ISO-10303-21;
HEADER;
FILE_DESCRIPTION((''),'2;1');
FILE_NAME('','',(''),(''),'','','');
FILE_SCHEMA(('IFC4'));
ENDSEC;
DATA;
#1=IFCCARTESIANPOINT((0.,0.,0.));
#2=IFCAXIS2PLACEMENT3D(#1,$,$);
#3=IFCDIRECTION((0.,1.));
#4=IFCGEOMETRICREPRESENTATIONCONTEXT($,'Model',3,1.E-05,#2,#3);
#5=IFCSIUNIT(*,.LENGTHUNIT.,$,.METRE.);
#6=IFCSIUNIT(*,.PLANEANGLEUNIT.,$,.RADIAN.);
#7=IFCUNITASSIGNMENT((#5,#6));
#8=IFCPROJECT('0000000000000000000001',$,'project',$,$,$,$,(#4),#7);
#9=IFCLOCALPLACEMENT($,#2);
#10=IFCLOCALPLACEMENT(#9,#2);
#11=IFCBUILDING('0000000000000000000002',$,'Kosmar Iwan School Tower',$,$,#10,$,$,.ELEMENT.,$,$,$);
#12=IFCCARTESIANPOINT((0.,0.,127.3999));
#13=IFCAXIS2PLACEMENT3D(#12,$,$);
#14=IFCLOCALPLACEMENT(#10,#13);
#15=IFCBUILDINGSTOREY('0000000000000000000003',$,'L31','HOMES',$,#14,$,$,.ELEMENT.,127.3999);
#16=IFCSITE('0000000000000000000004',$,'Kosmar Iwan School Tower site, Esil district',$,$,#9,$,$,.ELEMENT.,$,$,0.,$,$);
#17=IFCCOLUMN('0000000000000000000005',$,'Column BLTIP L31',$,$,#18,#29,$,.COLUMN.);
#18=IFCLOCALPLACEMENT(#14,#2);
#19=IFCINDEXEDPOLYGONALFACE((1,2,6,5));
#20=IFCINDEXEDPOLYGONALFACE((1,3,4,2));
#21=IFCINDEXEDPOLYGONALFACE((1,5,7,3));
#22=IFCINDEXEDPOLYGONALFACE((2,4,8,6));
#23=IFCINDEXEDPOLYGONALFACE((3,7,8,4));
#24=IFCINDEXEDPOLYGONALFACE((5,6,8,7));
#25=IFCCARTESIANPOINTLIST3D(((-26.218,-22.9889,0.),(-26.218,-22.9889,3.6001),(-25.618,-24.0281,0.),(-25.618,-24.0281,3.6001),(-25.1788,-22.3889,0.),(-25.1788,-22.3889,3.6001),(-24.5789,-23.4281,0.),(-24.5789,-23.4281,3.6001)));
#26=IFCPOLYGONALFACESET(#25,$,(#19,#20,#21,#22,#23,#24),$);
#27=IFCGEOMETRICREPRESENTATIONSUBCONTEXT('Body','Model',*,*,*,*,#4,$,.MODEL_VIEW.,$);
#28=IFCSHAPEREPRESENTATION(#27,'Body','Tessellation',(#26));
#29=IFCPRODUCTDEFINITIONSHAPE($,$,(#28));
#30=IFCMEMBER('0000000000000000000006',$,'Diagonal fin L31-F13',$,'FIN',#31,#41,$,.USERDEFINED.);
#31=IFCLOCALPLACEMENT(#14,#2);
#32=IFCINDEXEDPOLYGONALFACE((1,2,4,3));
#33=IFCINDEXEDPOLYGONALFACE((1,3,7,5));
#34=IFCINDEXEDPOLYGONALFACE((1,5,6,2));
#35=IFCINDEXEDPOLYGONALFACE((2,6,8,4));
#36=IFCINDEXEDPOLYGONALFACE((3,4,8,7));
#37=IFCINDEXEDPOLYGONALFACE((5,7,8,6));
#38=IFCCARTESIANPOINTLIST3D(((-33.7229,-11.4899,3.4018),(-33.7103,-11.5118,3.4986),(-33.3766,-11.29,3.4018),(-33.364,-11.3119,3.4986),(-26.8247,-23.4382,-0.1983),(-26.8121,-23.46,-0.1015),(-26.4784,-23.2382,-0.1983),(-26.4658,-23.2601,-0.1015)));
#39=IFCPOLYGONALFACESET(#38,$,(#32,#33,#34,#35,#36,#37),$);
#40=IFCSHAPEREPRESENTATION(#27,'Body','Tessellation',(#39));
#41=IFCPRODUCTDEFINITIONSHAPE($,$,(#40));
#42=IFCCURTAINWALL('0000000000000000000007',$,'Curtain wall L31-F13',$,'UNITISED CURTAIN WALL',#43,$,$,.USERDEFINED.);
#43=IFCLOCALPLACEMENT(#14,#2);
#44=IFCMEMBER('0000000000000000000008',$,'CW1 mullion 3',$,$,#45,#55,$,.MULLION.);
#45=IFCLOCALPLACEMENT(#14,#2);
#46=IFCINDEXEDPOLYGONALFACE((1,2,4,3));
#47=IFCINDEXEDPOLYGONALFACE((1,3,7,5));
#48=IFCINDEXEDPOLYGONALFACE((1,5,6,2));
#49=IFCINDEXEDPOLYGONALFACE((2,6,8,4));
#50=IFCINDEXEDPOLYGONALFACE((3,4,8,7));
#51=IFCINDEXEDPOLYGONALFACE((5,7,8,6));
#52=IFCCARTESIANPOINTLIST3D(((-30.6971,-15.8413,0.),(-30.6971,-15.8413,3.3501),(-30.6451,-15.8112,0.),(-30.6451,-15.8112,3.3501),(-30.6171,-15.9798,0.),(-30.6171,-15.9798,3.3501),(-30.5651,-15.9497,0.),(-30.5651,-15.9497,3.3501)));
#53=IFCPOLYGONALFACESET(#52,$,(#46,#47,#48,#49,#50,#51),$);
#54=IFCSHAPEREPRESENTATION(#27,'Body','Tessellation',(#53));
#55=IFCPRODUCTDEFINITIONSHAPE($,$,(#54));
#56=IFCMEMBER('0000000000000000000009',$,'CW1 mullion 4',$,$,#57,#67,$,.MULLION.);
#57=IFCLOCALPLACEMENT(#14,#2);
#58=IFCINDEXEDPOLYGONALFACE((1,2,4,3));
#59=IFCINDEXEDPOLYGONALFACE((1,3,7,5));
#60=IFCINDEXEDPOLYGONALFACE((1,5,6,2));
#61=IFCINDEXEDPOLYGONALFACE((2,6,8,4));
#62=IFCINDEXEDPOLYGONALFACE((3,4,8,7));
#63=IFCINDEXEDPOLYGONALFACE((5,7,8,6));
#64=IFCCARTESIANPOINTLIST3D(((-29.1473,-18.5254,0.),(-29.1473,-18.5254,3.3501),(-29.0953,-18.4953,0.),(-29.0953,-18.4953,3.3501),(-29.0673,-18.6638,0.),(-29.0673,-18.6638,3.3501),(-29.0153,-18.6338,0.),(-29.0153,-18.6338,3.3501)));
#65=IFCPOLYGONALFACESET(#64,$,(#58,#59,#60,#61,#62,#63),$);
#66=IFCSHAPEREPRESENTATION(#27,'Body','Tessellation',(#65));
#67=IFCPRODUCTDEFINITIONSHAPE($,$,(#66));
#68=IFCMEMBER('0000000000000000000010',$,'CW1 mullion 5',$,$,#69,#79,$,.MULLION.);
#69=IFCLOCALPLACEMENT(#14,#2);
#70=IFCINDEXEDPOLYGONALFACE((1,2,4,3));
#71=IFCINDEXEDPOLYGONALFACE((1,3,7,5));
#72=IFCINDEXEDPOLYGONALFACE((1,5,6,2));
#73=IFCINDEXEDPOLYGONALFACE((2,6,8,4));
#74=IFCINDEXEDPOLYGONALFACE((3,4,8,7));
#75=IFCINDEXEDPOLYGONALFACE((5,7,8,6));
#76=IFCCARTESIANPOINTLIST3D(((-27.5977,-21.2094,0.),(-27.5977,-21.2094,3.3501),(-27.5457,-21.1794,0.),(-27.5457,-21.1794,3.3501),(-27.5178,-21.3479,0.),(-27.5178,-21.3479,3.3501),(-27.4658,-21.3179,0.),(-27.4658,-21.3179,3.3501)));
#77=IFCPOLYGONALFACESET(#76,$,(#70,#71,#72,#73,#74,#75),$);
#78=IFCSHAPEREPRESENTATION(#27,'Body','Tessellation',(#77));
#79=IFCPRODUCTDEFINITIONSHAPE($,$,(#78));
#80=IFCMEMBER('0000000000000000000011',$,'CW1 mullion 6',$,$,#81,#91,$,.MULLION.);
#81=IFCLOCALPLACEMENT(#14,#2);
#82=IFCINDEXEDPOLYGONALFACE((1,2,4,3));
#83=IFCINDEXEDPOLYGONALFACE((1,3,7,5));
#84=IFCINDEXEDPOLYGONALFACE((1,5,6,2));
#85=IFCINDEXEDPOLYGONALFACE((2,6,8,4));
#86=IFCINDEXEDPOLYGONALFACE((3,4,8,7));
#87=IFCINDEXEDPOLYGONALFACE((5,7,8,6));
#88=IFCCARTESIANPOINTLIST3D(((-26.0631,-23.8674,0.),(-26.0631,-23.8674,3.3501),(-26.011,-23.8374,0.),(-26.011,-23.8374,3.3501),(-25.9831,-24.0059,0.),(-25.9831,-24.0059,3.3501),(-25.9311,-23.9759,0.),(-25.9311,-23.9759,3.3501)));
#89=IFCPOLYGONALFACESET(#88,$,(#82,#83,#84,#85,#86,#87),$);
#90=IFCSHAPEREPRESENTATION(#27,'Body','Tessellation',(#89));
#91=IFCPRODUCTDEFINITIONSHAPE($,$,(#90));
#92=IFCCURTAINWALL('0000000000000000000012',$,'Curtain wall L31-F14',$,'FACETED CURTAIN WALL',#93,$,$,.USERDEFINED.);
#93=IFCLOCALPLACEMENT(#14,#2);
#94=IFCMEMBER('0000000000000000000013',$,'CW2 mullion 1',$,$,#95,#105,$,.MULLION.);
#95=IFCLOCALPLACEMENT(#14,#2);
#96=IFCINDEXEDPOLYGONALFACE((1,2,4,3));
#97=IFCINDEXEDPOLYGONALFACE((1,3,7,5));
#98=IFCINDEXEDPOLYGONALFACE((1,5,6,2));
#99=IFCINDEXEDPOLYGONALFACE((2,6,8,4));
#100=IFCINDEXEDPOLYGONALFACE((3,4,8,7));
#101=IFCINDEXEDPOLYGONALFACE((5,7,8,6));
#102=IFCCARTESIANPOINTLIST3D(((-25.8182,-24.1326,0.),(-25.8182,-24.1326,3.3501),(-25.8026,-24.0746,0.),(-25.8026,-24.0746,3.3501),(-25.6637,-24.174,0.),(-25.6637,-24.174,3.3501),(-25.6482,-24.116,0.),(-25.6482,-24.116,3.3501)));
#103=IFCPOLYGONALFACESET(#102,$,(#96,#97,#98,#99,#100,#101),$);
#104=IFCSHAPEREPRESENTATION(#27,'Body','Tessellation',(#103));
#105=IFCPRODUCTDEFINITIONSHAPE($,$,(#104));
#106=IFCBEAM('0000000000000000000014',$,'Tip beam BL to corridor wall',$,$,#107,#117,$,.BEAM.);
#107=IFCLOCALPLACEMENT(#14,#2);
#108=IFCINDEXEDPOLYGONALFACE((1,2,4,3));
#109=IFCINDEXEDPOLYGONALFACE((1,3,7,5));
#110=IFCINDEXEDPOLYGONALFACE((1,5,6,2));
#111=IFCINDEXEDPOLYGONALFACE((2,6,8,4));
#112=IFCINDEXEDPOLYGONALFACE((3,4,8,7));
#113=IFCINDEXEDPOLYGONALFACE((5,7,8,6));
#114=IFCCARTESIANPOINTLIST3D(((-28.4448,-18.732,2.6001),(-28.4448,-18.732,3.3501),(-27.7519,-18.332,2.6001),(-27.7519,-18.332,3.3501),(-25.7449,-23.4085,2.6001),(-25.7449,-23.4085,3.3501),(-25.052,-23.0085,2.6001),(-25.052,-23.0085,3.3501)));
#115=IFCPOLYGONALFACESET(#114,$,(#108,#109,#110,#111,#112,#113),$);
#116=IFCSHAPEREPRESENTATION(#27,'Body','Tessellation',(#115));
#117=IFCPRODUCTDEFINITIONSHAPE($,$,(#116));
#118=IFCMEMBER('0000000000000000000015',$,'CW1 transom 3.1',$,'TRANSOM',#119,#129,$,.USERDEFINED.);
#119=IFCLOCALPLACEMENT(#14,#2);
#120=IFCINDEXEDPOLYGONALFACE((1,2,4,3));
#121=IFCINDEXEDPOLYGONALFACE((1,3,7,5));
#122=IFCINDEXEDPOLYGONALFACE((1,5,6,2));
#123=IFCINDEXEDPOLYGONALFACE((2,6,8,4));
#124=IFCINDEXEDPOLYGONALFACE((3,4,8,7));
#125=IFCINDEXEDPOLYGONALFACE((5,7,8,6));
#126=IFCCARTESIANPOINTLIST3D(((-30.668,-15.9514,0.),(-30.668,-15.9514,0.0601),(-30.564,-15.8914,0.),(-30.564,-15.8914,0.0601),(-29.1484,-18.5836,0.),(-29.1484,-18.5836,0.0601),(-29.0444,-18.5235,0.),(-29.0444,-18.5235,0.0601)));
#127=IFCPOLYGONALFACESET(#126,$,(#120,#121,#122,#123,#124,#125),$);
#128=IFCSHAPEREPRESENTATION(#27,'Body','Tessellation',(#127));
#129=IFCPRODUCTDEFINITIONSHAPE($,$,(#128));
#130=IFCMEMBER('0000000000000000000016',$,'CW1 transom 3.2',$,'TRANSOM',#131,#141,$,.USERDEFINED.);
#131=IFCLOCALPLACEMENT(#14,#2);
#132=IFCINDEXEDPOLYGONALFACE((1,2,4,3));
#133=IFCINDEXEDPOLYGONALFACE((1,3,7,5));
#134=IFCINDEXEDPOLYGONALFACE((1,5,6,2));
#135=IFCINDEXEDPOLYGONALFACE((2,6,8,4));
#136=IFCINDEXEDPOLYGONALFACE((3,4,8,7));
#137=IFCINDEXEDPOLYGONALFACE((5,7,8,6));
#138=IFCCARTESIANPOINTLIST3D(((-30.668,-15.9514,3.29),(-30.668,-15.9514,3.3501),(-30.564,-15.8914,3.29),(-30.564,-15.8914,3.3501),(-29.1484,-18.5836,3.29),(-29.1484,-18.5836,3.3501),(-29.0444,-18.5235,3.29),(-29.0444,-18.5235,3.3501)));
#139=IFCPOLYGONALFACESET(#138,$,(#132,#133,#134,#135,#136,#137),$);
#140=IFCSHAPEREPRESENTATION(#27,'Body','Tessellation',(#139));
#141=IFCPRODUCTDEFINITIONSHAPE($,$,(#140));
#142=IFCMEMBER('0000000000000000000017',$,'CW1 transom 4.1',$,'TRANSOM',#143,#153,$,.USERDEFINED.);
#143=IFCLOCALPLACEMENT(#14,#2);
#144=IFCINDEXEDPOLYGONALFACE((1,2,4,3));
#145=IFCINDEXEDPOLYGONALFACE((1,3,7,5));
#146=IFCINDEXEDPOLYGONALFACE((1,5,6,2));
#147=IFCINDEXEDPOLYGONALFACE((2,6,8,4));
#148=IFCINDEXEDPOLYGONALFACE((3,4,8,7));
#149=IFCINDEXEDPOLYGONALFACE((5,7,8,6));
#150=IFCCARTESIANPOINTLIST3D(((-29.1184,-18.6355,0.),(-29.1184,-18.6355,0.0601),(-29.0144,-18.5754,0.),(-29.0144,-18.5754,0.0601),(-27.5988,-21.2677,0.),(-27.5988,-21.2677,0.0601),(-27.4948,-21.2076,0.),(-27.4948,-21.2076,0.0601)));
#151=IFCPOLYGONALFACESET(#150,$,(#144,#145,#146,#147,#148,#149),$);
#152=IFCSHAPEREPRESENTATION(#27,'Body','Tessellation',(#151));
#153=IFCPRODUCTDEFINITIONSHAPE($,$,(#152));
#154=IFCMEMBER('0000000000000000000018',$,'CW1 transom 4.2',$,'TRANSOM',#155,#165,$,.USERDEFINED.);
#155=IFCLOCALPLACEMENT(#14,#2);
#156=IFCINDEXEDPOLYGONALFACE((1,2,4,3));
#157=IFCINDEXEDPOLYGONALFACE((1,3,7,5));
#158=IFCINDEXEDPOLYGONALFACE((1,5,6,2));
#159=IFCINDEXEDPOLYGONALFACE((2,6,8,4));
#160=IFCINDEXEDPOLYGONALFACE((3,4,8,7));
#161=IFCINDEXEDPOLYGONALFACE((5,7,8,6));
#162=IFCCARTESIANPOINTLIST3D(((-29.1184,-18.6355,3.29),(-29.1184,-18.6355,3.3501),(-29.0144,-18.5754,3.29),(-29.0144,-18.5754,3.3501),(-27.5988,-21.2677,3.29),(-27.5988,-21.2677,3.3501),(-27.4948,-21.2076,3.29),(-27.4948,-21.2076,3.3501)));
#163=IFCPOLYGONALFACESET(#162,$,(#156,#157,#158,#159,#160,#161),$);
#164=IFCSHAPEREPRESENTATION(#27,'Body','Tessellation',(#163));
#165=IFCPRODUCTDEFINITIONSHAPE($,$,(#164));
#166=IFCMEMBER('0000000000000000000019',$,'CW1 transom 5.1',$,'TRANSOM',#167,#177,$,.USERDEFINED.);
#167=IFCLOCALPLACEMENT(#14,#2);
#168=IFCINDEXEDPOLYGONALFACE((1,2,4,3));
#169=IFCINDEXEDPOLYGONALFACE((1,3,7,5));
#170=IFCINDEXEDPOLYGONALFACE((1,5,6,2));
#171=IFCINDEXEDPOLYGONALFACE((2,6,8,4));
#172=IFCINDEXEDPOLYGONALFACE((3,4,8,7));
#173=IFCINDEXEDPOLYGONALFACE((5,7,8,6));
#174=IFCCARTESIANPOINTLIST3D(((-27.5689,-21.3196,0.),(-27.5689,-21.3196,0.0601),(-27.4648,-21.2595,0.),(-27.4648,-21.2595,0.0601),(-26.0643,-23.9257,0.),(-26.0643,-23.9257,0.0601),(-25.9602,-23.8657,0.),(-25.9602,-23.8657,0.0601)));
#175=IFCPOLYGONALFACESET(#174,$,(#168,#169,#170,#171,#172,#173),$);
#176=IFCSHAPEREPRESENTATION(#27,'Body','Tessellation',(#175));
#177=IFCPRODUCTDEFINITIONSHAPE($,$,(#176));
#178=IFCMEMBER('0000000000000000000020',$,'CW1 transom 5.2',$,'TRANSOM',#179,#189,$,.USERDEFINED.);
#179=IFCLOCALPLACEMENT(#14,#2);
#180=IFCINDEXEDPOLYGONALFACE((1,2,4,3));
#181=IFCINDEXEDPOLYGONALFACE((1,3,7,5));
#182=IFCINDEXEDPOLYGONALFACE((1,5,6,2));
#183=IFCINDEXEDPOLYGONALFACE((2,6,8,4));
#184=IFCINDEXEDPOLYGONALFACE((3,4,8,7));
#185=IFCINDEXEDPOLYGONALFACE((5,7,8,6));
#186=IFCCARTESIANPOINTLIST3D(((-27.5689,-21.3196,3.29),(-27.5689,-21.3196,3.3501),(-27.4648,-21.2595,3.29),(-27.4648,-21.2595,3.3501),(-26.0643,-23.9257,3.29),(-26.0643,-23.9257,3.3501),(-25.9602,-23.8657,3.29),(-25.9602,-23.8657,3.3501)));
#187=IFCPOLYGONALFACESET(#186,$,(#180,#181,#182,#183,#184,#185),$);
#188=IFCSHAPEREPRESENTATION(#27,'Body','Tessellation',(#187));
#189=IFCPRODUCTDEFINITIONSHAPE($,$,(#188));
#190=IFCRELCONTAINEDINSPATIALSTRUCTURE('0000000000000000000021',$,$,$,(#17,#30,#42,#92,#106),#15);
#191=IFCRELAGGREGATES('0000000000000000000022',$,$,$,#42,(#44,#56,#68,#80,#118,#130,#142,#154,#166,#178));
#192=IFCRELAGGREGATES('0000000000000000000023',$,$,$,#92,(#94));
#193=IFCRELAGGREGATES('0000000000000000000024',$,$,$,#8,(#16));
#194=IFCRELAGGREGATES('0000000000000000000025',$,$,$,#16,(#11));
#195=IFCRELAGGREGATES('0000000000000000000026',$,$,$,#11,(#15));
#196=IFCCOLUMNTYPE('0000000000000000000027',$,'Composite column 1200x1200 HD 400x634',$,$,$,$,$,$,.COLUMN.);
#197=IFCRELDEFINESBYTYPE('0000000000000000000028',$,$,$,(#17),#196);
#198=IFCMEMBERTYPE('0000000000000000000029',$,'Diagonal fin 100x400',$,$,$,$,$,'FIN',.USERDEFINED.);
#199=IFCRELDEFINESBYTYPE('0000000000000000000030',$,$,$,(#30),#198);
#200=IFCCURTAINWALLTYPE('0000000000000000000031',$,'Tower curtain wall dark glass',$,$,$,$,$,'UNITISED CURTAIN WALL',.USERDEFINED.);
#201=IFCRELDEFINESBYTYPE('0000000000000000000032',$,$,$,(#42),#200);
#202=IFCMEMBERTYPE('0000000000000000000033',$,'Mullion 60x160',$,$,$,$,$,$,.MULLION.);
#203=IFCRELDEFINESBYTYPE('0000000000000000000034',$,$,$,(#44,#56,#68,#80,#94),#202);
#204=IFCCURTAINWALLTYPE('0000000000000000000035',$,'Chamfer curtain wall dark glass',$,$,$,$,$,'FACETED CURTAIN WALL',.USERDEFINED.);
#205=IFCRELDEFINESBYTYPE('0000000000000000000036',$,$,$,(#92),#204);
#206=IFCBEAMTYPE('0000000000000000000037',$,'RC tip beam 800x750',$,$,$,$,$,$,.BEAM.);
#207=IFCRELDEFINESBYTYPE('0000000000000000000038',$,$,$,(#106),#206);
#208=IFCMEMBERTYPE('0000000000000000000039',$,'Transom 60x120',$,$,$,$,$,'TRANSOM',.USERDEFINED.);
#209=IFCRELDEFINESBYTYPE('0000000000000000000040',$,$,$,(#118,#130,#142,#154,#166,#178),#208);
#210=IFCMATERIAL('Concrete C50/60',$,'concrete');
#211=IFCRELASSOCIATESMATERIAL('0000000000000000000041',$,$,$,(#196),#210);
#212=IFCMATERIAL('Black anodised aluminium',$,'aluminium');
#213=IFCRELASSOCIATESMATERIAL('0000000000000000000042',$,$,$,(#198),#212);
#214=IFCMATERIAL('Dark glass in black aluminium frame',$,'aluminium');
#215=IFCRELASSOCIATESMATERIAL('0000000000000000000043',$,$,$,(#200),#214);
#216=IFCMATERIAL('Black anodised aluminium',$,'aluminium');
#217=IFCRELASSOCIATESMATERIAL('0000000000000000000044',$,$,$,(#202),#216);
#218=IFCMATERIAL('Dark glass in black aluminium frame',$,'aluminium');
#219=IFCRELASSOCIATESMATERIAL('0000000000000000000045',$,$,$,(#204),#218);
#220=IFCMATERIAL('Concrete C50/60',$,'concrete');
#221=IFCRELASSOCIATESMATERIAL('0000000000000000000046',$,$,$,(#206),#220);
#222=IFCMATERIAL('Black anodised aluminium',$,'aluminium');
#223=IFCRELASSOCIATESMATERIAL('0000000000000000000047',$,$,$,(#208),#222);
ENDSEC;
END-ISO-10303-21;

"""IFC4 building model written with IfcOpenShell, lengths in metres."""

from ifc_helpers import new_model, si_unit, direction, frame, origin, origin_2d, place, context, subcontext, project, spatial, rectangle, extrude, material, material_profile, profile_set, type_object, element, aggregate, save


model = new_model("IFC4")

# Units and contexts
model_context = context("Model", 3, precision=1e-05, world=origin(), true_north=direction((0.0, 1.0)))
body_context = subcontext(model_context, "Body", "Model", "MODEL_VIEW")
ifc_project = project(units=[si_unit("LENGTHUNIT", "METRE"), si_unit("PLANEANGLEUNIT", "RADIAN")], contexts=[model_context])

# Site, building, storey
site_placement = place(None, origin())
site = spatial("IfcSite", under=ifc_project, at=site_placement, Name="Kosmar Iwan School Tower site, Esil district", CompositionType="ELEMENT", RefElevation=0.0)
building_placement = place(site_placement, origin())
building = spatial("IfcBuilding", under=site, at=building_placement, Name="Kosmar Iwan School Tower", CompositionType="ELEMENT")
storey_placement = place(building_placement, frame((0.0, 0.0, 127.3999)))
storey = spatial("IfcBuildingStorey", under=building, at=storey_placement, Name="L31", Description="HOMES", CompositionType="ELEMENT", Elevation=127.3999)

# Column
ifc_material_1 = material(Name="Concrete C50/60", Category="concrete")
ifc_material_profile_1 = material_profile(ifc_material_1, rectangle(XDim=1.2, YDim=1.2, at=origin_2d()), Name="RC 1200x1200 + HD 400x634")
ifc_profile_set_1 = profile_set([ifc_material_profile_1], Name="Concrete C50/60")
column_type = type_object("IfcColumnType", Name="Composite column 1200x1200 HD 400x634", PredefinedType="COLUMN", material=ifc_profile_set_1)
column_placement = place(storey_placement, frame((-25.3984, -23.2085, 0.0), z_axis=(0.0, 0.0, 1.0), x_axis=(-0.866025, -0.5, 0.0)))
element("IfcColumn", 1, at=column_placement, inside=storey, type_object=column_type, Name="Column BLTIP L31", PredefinedType="COLUMN", context=body_context, shape_type="SweptSolid", body=[
    extrude(rectangle(XDim=1.2, YDim=1.2, at=origin_2d()), origin(), (0.0, 0.0, 1.0), 3.6001),
])

# Member
ifc_material_2 = material(Name="Black anodised aluminium", Category="aluminium")
ifc_material_profile_2 = material_profile(ifc_material_2, rectangle(XDim=0.1001, YDim=0.3999, at=origin_2d()), Name="FIN 100x400")
ifc_profile_set_2 = profile_set([ifc_material_profile_2], Name="Black anodised aluminium")
member_type_1 = type_object("IfcMemberType", Name="Diagonal fin 100x400", ElementType="FIN", PredefinedType="USERDEFINED", material=ifc_profile_set_2)
member_1_placement = place(storey_placement, frame((-26.6453, -23.3491, -0.1499), z_axis=(-0.483793, 0.83797, 0.252487), x_axis=(0.126242, -0.218661, 0.9676)))
element("IfcMember", 2, at=member_1_placement, inside=storey, type_object=member_type_1, Name="Diagonal fin L31-F13", ObjectType="FIN", PredefinedType="USERDEFINED", context=body_context, shape_type="SweptSolid", body=[
    extrude(rectangle(XDim=0.1001, YDim=0.3999, at=origin_2d()), origin(), (0.0, 0.0, 1.0), 14.2585),
])

# Curtain wall, members
ifc_material_3 = material(Name="Dark glass in black aluminium frame", Category="aluminium")
curtain_wall_type_1 = type_object("IfcCurtainWallType", Name="Tower curtain wall dark glass", ElementType="UNITISED CURTAIN WALL", PredefinedType="USERDEFINED", material=ifc_material_3)
curtain_wall_1_placement = place(storey_placement, origin())
curtain_wall_1 = element("IfcCurtainWall", 3, at=curtain_wall_1_placement, inside=storey, type_object=curtain_wall_type_1, Name="Curtain wall L31-F13", ObjectType="UNITISED CURTAIN WALL", PredefinedType="USERDEFINED")
ifc_material_4 = material(Name="Black anodised aluminium", Category="aluminium")
ifc_material_profile_3 = material_profile(ifc_material_4, rectangle(XDim=0.0601, YDim=0.1599, at=origin_2d()), Name="MULLION 60x160")
ifc_profile_set_3 = profile_set([ifc_material_profile_3], Name="Black anodised aluminium")
member_type_2 = type_object("IfcMemberType", Name="Mullion 60x160", PredefinedType="MULLION", material=ifc_profile_set_3)
member_2_placement = place(storey_placement, frame((-30.6311, -15.8955, 0.0), z_axis=(0.0, 0.0, 1.0), x_axis=(0.866025, 0.5, 0.0)))
member_2 = element("IfcMember", 4, at=member_2_placement, type_object=member_type_2, Name="CW1 mullion 3", PredefinedType="MULLION", context=body_context, shape_type="SweptSolid", body=[
    extrude(rectangle(XDim=0.0601, YDim=0.1599, at=origin_2d()), origin(), (0.0, 0.0, 1.0), 3.3501),
])
member_3_placement = place(storey_placement, frame((-29.0813, -18.5796, 0.0), z_axis=(0.0, 0.0, 1.0), x_axis=(0.866025, 0.5, 0.0)))
member_3 = element("IfcMember", 5, at=member_3_placement, type_object=member_type_2, Name="CW1 mullion 4", PredefinedType="MULLION", context=body_context, shape_type="SweptSolid", body=[
    extrude(rectangle(XDim=0.0601, YDim=0.1599, at=origin_2d()), origin(), (0.0, 0.0, 1.0), 3.3501),
])
member_4_placement = place(storey_placement, frame((-27.5317, -21.2637, 0.0), z_axis=(0.0, 0.0, 1.0), x_axis=(0.866025, 0.5, 0.0)))
member_4 = element("IfcMember", 6, at=member_4_placement, type_object=member_type_2, Name="CW1 mullion 5", PredefinedType="MULLION", context=body_context, shape_type="SweptSolid", body=[
    extrude(rectangle(XDim=0.0601, YDim=0.1599, at=origin_2d()), origin(), (0.0, 0.0, 1.0), 3.3501),
])
member_5_placement = place(storey_placement, frame((-25.9971, -23.9216, 0.0), z_axis=(0.0, 0.0, 1.0), x_axis=(0.866025, 0.5, 0.0)))
member_5 = element("IfcMember", 7, at=member_5_placement, type_object=member_type_2, Name="CW1 mullion 6", PredefinedType="MULLION", context=body_context, shape_type="SweptSolid", body=[
    extrude(rectangle(XDim=0.0601, YDim=0.1599, at=origin_2d()), origin(), (0.0, 0.0, 1.0), 3.3501),
])

# Curtain wall, member
ifc_material_5 = material(Name="Dark glass in black aluminium frame", Category="aluminium")
curtain_wall_type_2 = type_object("IfcCurtainWallType", Name="Chamfer curtain wall dark glass", ElementType="FACETED CURTAIN WALL", PredefinedType="USERDEFINED", material=ifc_material_5)
curtain_wall_2_placement = place(storey_placement, origin())
curtain_wall_2 = element("IfcCurtainWall", 8, at=curtain_wall_2_placement, inside=storey, type_object=curtain_wall_type_2, Name="Curtain wall L31-F14", ObjectType="FACETED CURTAIN WALL", PredefinedType="USERDEFINED")
member_6_placement = place(storey_placement, frame((-25.7332, -24.1243, 0.0), z_axis=(0.0, 0.0, 1.0), x_axis=(0.258819, 0.965926, 0.0)))
member_6 = element("IfcMember", 9, at=member_6_placement, type_object=member_type_2, Name="CW2 mullion 1", PredefinedType="MULLION", context=body_context, shape_type="SweptSolid", body=[
    extrude(rectangle(XDim=0.0601, YDim=0.1599, at=origin_2d()), origin(), (0.0, 0.0, 1.0), 3.3501),
])

# Beam
ifc_material_6 = material(Name="Concrete C50/60", Category="concrete")
ifc_material_profile_4 = material_profile(ifc_material_6, rectangle(XDim=0.8, YDim=0.75, at=origin_2d()), Name="RC 800x750")
ifc_profile_set_4 = profile_set([ifc_material_profile_4], Name="Concrete C50/60")
beam_type = type_object("IfcBeamType", Name="RC tip beam 800x750", PredefinedType="BEAM", material=ifc_profile_set_4)
beam_placement = place(storey_placement, frame((-25.3984, -23.2085, 2.9751), z_axis=(-0.499995, 0.866028, 0.0), x_axis=(-0.866028, -0.499995, 0.0)))
element("IfcBeam", 10, at=beam_placement, inside=storey, type_object=beam_type, Name="Tip beam BL to corridor wall", PredefinedType="BEAM", context=body_context, shape_type="SweptSolid", body=[
    extrude(rectangle(XDim=0.8, YDim=0.75, at=origin_2d()), origin(), (0.0, 0.0, 1.0), 5.3999),
])

# Members
ifc_material_7 = material(Name="Black anodised aluminium", Category="aluminium")
ifc_material_profile_5 = material_profile(ifc_material_7, rectangle(XDim=0.1201, YDim=0.0601, at=origin_2d()), Name="TRANSOM 60x120")
ifc_profile_set_5 = profile_set([ifc_material_profile_5], Name="Black anodised aluminium")
member_type_3 = type_object("IfcMemberType", Name="Transom 60x120", ElementType="TRANSOM", PredefinedType="USERDEFINED", material=ifc_profile_set_5)
member_7_placement = place(storey_placement, frame((-30.616, -15.9214, 0.03), z_axis=(0.499975, -0.86604, 0.0), x_axis=(0.86604, 0.499975, 0.0)))
member_7 = element("IfcMember", 11, at=member_7_placement, type_object=member_type_3, Name="CW1 transom 3.1", ObjectType="TRANSOM", PredefinedType="USERDEFINED", context=body_context, shape_type="SweptSolid", body=[
    extrude(rectangle(XDim=0.1201, YDim=0.0601, at=origin_2d()), origin(), (0.0, 0.0, 1.0), 3.0393),
])
member_8_placement = place(storey_placement, frame((-30.616, -15.9214, 3.3201), z_axis=(0.499975, -0.86604, 0.0), x_axis=(0.86604, 0.499975, 0.0)))
member_8 = element("IfcMember", 12, at=member_8_placement, type_object=member_type_3, Name="CW1 transom 3.2", ObjectType="TRANSOM", PredefinedType="USERDEFINED", context=body_context, shape_type="SweptSolid", body=[
    extrude(rectangle(XDim=0.1201, YDim=0.0601, at=origin_2d()), origin(), (0.0, 0.0, 1.0), 3.0393),
])
member_9_placement = place(storey_placement, frame((-29.0664, -18.6055, 0.03), z_axis=(0.499975, -0.86604, 0.0), x_axis=(0.86604, 0.499975, 0.0)))
member_9 = element("IfcMember", 13, at=member_9_placement, type_object=member_type_3, Name="CW1 transom 4.1", ObjectType="TRANSOM", PredefinedType="USERDEFINED", context=body_context, shape_type="SweptSolid", body=[
    extrude(rectangle(XDim=0.1201, YDim=0.0601, at=origin_2d()), origin(), (0.0, 0.0, 1.0), 3.0393),
])
member_10_placement = place(storey_placement, frame((-29.0664, -18.6055, 3.3201), z_axis=(0.499975, -0.86604, 0.0), x_axis=(0.86604, 0.499975, 0.0)))
member_10 = element("IfcMember", 14, at=member_10_placement, type_object=member_type_3, Name="CW1 transom 4.2", ObjectType="TRANSOM", PredefinedType="USERDEFINED", context=body_context, shape_type="SweptSolid", body=[
    extrude(rectangle(XDim=0.1201, YDim=0.0601, at=origin_2d()), origin(), (0.0, 0.0, 1.0), 3.0393),
])
member_11_placement = place(storey_placement, frame((-27.5168, -21.2896, 0.03), z_axis=(0.499987, -0.866033, 0.0), x_axis=(0.866033, 0.499987, 0.0)))
member_11 = element("IfcMember", 15, at=member_11_placement, type_object=member_type_3, Name="CW1 transom 5.1", ObjectType="TRANSOM", PredefinedType="USERDEFINED", context=body_context, shape_type="SweptSolid", body=[
    extrude(rectangle(XDim=0.1201, YDim=0.0601, at=origin_2d()), origin(), (0.0, 0.0, 1.0), 3.0093),
])
member_12_placement = place(storey_placement, frame((-27.5168, -21.2896, 3.3201), z_axis=(0.499987, -0.866033, 0.0), x_axis=(0.866033, 0.499987, 0.0)))
member_12 = element("IfcMember", 16, at=member_12_placement, type_object=member_type_3, Name="CW1 transom 5.2", ObjectType="TRANSOM", PredefinedType="USERDEFINED", context=body_context, shape_type="SweptSolid", body=[
    extrude(rectangle(XDim=0.1201, YDim=0.0601, at=origin_2d()), origin(), (0.0, 0.0, 1.0), 3.0093),
])

aggregate(curtain_wall_1, [member_2, member_3, member_4, member_5, member_7, member_8, member_9, member_10, member_11, member_12])
aggregate(curtain_wall_2, [member_6])

save(model, "model.ifc")
